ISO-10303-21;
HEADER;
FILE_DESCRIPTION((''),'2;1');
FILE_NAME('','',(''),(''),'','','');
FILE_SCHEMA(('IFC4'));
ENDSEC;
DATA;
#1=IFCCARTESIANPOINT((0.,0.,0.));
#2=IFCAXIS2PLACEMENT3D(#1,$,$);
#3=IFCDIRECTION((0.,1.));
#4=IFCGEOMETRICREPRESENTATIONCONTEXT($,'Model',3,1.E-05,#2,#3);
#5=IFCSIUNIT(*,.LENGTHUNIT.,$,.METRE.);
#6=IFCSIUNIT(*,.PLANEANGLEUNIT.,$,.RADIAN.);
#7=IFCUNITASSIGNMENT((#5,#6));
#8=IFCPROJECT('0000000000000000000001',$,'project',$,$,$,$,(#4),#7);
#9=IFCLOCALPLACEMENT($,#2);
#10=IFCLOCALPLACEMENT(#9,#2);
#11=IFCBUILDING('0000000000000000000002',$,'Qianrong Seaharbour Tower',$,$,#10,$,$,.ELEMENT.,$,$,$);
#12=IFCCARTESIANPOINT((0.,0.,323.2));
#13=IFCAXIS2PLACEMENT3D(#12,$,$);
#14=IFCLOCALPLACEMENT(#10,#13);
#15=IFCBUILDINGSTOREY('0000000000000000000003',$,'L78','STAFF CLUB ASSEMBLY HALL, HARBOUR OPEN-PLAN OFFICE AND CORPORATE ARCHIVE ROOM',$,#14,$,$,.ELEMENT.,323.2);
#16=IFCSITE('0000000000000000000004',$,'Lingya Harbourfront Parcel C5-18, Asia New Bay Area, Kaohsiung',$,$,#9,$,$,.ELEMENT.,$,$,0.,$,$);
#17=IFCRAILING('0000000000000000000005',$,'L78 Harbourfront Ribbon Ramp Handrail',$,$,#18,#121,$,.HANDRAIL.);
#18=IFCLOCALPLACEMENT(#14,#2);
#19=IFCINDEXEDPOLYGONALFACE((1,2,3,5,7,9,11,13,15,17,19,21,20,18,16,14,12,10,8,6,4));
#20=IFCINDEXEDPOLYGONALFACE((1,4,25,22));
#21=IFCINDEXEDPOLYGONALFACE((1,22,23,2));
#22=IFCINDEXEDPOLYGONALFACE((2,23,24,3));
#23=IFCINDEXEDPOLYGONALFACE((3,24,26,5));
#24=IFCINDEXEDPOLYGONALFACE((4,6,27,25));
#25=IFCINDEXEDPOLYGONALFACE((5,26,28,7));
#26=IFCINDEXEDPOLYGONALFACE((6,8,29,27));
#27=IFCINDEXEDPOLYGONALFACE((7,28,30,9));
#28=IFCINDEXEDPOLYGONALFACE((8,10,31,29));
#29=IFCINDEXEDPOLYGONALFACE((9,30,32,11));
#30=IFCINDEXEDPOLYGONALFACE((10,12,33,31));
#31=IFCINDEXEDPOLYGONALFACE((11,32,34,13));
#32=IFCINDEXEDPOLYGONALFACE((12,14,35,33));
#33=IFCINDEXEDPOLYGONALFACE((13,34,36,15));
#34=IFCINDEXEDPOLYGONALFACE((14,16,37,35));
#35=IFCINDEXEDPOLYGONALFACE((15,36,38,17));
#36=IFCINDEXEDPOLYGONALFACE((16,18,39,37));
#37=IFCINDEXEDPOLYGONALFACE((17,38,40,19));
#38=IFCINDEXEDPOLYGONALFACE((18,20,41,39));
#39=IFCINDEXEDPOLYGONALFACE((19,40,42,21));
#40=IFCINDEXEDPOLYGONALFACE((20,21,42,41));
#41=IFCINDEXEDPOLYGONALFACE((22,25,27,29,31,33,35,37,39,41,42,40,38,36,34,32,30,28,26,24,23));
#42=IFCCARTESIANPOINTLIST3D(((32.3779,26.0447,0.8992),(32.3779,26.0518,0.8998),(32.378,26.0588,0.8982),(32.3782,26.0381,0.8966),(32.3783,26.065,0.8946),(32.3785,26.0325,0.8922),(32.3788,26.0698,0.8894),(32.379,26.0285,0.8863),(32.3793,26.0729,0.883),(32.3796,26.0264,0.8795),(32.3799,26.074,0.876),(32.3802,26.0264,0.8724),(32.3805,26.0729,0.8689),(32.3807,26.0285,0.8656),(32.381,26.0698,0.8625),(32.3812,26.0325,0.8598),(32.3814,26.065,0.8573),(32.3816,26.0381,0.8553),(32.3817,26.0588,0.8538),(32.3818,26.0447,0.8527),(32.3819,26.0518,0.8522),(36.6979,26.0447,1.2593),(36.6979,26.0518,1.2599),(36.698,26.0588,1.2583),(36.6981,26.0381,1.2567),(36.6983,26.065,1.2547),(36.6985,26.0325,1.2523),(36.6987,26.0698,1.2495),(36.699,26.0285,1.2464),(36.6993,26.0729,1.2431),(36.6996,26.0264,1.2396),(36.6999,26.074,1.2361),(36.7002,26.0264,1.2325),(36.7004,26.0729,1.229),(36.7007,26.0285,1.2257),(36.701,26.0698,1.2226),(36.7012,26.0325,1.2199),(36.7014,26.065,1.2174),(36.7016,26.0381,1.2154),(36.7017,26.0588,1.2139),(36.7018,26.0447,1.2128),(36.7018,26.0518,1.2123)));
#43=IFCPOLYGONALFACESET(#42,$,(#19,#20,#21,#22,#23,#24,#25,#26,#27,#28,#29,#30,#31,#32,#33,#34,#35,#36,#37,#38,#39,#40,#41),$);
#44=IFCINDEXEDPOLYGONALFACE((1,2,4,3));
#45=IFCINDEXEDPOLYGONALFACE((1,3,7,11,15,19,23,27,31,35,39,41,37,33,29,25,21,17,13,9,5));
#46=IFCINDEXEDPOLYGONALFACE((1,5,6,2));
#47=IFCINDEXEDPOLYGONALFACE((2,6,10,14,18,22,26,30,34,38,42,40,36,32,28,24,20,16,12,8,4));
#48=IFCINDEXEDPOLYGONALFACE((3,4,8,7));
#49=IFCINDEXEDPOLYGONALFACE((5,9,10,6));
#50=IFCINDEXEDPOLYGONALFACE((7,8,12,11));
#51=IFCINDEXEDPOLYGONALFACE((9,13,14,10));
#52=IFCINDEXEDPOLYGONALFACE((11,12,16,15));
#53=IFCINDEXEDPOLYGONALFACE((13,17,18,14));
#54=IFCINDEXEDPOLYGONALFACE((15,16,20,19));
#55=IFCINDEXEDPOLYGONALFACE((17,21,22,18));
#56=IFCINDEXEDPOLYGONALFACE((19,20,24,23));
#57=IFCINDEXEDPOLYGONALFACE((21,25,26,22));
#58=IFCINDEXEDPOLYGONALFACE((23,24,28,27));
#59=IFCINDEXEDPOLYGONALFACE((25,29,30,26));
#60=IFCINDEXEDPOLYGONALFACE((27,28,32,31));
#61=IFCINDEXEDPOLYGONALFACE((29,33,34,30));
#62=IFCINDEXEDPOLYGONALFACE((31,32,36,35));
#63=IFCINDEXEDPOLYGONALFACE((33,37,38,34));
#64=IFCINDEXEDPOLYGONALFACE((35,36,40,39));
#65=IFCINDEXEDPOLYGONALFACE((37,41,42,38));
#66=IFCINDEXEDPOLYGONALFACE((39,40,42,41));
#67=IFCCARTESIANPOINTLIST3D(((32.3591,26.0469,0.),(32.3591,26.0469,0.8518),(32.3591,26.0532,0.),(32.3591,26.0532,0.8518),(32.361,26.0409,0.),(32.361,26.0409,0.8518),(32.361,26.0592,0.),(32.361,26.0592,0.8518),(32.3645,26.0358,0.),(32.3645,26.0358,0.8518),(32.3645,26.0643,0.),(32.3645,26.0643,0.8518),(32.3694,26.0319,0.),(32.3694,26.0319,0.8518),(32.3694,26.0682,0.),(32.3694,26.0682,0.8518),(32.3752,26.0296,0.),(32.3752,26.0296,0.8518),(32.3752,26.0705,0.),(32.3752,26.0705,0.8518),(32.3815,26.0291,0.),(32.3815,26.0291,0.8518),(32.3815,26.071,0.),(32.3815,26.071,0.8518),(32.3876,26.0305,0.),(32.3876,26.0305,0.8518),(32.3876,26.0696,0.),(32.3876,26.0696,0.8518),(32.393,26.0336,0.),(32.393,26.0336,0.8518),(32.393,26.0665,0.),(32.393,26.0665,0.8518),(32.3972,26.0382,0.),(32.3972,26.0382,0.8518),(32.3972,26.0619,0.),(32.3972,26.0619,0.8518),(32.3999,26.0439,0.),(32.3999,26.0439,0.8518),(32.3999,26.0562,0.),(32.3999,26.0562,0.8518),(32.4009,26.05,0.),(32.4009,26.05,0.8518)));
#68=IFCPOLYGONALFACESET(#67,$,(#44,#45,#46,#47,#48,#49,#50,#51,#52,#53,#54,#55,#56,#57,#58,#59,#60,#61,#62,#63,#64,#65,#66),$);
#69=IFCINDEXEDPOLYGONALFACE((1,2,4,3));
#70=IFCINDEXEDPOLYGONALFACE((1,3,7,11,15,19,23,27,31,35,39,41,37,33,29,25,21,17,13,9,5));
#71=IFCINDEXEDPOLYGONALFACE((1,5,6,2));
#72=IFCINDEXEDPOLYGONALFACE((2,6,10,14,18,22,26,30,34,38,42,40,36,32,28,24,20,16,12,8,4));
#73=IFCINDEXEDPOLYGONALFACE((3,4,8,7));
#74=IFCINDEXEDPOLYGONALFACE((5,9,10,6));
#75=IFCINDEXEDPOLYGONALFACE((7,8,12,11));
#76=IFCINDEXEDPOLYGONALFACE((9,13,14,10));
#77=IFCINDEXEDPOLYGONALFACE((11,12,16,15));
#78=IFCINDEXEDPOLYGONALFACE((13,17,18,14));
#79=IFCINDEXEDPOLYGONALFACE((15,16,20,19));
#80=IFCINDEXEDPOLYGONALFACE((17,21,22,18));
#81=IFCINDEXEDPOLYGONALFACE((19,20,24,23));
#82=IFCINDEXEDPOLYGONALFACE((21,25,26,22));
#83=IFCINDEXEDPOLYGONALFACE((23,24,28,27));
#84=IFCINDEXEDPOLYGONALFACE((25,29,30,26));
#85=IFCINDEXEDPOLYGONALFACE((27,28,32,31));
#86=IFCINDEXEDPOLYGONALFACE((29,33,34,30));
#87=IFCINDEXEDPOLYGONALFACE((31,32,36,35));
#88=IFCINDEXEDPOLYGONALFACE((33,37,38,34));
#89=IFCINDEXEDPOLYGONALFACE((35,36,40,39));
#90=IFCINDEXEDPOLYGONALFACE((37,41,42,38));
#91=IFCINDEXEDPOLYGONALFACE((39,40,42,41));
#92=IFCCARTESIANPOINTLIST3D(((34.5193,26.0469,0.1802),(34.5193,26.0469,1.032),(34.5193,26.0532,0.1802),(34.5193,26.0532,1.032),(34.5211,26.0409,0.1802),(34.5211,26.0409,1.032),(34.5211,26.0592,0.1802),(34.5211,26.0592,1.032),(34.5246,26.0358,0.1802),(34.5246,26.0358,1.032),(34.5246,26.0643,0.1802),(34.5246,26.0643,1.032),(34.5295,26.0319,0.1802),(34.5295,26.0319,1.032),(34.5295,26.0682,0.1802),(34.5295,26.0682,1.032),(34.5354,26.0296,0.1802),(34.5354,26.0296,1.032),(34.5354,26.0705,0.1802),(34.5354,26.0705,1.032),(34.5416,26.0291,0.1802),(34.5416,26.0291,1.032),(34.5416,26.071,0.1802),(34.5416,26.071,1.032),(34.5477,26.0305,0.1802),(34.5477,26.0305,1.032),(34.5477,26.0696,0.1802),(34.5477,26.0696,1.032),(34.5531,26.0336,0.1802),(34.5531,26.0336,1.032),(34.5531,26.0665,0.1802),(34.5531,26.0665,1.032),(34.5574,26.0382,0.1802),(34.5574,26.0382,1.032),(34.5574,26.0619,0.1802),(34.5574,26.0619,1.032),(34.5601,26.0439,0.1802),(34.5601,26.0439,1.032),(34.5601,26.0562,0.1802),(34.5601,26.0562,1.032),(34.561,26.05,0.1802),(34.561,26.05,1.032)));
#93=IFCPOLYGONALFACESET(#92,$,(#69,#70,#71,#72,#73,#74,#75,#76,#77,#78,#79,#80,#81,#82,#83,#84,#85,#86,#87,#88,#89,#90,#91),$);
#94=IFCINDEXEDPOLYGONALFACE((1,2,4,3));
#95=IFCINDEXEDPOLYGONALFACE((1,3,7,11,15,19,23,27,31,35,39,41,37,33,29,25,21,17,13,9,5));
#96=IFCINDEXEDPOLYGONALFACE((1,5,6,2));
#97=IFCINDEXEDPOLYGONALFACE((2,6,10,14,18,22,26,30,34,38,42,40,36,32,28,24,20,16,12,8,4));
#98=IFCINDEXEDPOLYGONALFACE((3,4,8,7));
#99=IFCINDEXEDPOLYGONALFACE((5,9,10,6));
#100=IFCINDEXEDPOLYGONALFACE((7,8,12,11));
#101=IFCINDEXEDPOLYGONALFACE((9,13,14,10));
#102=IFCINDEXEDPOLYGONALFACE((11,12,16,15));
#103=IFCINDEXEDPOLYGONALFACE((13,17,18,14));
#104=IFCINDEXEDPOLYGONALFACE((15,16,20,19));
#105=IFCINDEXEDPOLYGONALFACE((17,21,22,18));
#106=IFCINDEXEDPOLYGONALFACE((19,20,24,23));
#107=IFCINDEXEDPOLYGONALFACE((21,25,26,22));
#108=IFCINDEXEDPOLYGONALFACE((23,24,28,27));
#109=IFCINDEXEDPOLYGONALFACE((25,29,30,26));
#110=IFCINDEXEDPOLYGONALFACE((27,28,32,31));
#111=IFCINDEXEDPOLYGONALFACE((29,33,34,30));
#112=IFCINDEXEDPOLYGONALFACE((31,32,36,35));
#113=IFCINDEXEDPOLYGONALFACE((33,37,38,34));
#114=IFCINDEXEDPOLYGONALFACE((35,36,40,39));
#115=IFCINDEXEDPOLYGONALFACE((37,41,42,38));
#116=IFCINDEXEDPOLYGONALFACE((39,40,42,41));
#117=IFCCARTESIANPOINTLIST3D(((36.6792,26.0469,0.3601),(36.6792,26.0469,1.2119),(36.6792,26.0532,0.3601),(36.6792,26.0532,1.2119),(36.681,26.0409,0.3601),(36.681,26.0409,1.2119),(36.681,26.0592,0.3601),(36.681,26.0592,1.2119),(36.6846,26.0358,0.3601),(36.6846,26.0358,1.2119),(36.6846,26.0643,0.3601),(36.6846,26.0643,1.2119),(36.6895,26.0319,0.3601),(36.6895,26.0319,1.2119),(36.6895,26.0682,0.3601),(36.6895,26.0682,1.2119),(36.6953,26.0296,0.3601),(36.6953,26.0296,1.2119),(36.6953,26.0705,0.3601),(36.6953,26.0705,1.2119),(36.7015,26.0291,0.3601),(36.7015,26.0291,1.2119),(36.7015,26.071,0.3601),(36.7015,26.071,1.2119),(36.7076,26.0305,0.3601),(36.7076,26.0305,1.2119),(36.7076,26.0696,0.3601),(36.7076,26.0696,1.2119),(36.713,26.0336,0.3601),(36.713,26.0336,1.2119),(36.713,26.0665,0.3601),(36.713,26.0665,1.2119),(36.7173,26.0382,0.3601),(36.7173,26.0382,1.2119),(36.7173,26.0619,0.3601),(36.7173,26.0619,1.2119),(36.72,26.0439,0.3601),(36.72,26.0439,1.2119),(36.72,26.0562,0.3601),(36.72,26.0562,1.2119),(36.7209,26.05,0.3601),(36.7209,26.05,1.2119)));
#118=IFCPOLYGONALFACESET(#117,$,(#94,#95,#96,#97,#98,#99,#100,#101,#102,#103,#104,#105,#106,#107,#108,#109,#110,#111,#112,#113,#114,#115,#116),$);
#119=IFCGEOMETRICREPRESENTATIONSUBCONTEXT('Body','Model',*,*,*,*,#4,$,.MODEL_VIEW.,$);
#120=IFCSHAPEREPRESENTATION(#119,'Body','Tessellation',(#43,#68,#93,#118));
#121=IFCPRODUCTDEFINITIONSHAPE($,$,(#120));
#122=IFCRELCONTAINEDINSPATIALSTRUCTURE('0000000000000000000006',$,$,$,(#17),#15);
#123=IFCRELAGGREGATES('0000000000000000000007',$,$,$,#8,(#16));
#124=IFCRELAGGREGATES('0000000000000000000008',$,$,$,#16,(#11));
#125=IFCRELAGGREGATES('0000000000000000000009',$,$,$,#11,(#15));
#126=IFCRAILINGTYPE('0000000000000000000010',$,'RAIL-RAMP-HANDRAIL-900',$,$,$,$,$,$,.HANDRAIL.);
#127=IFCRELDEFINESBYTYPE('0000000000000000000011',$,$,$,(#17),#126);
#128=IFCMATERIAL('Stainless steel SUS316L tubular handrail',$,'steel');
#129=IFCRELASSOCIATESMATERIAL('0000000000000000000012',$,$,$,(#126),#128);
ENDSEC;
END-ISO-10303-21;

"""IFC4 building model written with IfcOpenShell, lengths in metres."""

from ifc_helpers import new_model, si_unit, direction, frame, origin, origin_2d, place, context, subcontext, project, spatial, circle, extrude, material, type_object, element, save


model = new_model("IFC4")

# Units and contexts
model_context = context("Model", 3, precision=1e-05, world=origin(), true_north=direction((0.0, 1.0)))
body_context = subcontext(model_context, "Body", "Model", "MODEL_VIEW")
ifc_project = project(units=[si_unit("LENGTHUNIT", "METRE"), si_unit("PLANEANGLEUNIT", "RADIAN")], contexts=[model_context])

# Site, building, storey
site_placement = place(None, origin())
site = spatial("IfcSite", under=ifc_project, at=site_placement, Name="Lingya Harbourfront Parcel C5-18, Asia New Bay Area, Kaohsiung", CompositionType="ELEMENT", RefElevation=0.0)
building_placement = place(site_placement, origin())
building = spatial("IfcBuilding", under=site, at=building_placement, Name="Qianrong Seaharbour Tower", CompositionType="ELEMENT")
storey_placement = place(building_placement, frame((0.0, 0.0, 323.2)))
storey = spatial("IfcBuildingStorey", under=building, at=storey_placement, Name="L78", Description="STAFF CLUB ASSEMBLY HALL, HARBOUR OPEN-PLAN OFFICE AND CORPORATE ARCHIVE ROOM", CompositionType="ELEMENT", Elevation=323.2)

# Railing
ifc_material_1 = material(Name="Stainless steel SUS316L tubular handrail", Category="steel")
railing_type = type_object("IfcRailingType", Name="RAIL-RAMP-HANDRAIL-900", PredefinedType="HANDRAIL", material=ifc_material_1)
railing_placement = place(storey_placement, frame((32.3799, 26.05, 0.0)))
element("IfcRailing", 1, at=railing_placement, inside=storey, type_object=railing_type, Name="L78 Harbourfront Ribbon Ramp Handrail", PredefinedType="HANDRAIL", context=body_context, shape_type="SweptSolid", body=[
    extrude(circle(Radius=0.0239, at=origin_2d()), frame((0.0, 0.0, 0.876), z_axis=(0.996544, 0.0, 0.083069), x_axis=(0.0, 1.0, 0.0)), (0.0, 0.0, 1.0), 4.335),
    extrude(circle(Radius=0.021, at=origin_2d()), origin(), (0.0, 0.0, 1.0), 0.8518),
    extrude(circle(Radius=0.021, at=origin_2d()), frame((2.1602, 0.0, 0.1802)), (0.0, 0.0, 1.0), 0.8518),
    extrude(circle(Radius=0.021, at=origin_2d()), frame((4.3201, 0.0, 0.3601)), (0.0, 0.0, 1.0), 0.8518),
])

save(model, "model.ifc")
